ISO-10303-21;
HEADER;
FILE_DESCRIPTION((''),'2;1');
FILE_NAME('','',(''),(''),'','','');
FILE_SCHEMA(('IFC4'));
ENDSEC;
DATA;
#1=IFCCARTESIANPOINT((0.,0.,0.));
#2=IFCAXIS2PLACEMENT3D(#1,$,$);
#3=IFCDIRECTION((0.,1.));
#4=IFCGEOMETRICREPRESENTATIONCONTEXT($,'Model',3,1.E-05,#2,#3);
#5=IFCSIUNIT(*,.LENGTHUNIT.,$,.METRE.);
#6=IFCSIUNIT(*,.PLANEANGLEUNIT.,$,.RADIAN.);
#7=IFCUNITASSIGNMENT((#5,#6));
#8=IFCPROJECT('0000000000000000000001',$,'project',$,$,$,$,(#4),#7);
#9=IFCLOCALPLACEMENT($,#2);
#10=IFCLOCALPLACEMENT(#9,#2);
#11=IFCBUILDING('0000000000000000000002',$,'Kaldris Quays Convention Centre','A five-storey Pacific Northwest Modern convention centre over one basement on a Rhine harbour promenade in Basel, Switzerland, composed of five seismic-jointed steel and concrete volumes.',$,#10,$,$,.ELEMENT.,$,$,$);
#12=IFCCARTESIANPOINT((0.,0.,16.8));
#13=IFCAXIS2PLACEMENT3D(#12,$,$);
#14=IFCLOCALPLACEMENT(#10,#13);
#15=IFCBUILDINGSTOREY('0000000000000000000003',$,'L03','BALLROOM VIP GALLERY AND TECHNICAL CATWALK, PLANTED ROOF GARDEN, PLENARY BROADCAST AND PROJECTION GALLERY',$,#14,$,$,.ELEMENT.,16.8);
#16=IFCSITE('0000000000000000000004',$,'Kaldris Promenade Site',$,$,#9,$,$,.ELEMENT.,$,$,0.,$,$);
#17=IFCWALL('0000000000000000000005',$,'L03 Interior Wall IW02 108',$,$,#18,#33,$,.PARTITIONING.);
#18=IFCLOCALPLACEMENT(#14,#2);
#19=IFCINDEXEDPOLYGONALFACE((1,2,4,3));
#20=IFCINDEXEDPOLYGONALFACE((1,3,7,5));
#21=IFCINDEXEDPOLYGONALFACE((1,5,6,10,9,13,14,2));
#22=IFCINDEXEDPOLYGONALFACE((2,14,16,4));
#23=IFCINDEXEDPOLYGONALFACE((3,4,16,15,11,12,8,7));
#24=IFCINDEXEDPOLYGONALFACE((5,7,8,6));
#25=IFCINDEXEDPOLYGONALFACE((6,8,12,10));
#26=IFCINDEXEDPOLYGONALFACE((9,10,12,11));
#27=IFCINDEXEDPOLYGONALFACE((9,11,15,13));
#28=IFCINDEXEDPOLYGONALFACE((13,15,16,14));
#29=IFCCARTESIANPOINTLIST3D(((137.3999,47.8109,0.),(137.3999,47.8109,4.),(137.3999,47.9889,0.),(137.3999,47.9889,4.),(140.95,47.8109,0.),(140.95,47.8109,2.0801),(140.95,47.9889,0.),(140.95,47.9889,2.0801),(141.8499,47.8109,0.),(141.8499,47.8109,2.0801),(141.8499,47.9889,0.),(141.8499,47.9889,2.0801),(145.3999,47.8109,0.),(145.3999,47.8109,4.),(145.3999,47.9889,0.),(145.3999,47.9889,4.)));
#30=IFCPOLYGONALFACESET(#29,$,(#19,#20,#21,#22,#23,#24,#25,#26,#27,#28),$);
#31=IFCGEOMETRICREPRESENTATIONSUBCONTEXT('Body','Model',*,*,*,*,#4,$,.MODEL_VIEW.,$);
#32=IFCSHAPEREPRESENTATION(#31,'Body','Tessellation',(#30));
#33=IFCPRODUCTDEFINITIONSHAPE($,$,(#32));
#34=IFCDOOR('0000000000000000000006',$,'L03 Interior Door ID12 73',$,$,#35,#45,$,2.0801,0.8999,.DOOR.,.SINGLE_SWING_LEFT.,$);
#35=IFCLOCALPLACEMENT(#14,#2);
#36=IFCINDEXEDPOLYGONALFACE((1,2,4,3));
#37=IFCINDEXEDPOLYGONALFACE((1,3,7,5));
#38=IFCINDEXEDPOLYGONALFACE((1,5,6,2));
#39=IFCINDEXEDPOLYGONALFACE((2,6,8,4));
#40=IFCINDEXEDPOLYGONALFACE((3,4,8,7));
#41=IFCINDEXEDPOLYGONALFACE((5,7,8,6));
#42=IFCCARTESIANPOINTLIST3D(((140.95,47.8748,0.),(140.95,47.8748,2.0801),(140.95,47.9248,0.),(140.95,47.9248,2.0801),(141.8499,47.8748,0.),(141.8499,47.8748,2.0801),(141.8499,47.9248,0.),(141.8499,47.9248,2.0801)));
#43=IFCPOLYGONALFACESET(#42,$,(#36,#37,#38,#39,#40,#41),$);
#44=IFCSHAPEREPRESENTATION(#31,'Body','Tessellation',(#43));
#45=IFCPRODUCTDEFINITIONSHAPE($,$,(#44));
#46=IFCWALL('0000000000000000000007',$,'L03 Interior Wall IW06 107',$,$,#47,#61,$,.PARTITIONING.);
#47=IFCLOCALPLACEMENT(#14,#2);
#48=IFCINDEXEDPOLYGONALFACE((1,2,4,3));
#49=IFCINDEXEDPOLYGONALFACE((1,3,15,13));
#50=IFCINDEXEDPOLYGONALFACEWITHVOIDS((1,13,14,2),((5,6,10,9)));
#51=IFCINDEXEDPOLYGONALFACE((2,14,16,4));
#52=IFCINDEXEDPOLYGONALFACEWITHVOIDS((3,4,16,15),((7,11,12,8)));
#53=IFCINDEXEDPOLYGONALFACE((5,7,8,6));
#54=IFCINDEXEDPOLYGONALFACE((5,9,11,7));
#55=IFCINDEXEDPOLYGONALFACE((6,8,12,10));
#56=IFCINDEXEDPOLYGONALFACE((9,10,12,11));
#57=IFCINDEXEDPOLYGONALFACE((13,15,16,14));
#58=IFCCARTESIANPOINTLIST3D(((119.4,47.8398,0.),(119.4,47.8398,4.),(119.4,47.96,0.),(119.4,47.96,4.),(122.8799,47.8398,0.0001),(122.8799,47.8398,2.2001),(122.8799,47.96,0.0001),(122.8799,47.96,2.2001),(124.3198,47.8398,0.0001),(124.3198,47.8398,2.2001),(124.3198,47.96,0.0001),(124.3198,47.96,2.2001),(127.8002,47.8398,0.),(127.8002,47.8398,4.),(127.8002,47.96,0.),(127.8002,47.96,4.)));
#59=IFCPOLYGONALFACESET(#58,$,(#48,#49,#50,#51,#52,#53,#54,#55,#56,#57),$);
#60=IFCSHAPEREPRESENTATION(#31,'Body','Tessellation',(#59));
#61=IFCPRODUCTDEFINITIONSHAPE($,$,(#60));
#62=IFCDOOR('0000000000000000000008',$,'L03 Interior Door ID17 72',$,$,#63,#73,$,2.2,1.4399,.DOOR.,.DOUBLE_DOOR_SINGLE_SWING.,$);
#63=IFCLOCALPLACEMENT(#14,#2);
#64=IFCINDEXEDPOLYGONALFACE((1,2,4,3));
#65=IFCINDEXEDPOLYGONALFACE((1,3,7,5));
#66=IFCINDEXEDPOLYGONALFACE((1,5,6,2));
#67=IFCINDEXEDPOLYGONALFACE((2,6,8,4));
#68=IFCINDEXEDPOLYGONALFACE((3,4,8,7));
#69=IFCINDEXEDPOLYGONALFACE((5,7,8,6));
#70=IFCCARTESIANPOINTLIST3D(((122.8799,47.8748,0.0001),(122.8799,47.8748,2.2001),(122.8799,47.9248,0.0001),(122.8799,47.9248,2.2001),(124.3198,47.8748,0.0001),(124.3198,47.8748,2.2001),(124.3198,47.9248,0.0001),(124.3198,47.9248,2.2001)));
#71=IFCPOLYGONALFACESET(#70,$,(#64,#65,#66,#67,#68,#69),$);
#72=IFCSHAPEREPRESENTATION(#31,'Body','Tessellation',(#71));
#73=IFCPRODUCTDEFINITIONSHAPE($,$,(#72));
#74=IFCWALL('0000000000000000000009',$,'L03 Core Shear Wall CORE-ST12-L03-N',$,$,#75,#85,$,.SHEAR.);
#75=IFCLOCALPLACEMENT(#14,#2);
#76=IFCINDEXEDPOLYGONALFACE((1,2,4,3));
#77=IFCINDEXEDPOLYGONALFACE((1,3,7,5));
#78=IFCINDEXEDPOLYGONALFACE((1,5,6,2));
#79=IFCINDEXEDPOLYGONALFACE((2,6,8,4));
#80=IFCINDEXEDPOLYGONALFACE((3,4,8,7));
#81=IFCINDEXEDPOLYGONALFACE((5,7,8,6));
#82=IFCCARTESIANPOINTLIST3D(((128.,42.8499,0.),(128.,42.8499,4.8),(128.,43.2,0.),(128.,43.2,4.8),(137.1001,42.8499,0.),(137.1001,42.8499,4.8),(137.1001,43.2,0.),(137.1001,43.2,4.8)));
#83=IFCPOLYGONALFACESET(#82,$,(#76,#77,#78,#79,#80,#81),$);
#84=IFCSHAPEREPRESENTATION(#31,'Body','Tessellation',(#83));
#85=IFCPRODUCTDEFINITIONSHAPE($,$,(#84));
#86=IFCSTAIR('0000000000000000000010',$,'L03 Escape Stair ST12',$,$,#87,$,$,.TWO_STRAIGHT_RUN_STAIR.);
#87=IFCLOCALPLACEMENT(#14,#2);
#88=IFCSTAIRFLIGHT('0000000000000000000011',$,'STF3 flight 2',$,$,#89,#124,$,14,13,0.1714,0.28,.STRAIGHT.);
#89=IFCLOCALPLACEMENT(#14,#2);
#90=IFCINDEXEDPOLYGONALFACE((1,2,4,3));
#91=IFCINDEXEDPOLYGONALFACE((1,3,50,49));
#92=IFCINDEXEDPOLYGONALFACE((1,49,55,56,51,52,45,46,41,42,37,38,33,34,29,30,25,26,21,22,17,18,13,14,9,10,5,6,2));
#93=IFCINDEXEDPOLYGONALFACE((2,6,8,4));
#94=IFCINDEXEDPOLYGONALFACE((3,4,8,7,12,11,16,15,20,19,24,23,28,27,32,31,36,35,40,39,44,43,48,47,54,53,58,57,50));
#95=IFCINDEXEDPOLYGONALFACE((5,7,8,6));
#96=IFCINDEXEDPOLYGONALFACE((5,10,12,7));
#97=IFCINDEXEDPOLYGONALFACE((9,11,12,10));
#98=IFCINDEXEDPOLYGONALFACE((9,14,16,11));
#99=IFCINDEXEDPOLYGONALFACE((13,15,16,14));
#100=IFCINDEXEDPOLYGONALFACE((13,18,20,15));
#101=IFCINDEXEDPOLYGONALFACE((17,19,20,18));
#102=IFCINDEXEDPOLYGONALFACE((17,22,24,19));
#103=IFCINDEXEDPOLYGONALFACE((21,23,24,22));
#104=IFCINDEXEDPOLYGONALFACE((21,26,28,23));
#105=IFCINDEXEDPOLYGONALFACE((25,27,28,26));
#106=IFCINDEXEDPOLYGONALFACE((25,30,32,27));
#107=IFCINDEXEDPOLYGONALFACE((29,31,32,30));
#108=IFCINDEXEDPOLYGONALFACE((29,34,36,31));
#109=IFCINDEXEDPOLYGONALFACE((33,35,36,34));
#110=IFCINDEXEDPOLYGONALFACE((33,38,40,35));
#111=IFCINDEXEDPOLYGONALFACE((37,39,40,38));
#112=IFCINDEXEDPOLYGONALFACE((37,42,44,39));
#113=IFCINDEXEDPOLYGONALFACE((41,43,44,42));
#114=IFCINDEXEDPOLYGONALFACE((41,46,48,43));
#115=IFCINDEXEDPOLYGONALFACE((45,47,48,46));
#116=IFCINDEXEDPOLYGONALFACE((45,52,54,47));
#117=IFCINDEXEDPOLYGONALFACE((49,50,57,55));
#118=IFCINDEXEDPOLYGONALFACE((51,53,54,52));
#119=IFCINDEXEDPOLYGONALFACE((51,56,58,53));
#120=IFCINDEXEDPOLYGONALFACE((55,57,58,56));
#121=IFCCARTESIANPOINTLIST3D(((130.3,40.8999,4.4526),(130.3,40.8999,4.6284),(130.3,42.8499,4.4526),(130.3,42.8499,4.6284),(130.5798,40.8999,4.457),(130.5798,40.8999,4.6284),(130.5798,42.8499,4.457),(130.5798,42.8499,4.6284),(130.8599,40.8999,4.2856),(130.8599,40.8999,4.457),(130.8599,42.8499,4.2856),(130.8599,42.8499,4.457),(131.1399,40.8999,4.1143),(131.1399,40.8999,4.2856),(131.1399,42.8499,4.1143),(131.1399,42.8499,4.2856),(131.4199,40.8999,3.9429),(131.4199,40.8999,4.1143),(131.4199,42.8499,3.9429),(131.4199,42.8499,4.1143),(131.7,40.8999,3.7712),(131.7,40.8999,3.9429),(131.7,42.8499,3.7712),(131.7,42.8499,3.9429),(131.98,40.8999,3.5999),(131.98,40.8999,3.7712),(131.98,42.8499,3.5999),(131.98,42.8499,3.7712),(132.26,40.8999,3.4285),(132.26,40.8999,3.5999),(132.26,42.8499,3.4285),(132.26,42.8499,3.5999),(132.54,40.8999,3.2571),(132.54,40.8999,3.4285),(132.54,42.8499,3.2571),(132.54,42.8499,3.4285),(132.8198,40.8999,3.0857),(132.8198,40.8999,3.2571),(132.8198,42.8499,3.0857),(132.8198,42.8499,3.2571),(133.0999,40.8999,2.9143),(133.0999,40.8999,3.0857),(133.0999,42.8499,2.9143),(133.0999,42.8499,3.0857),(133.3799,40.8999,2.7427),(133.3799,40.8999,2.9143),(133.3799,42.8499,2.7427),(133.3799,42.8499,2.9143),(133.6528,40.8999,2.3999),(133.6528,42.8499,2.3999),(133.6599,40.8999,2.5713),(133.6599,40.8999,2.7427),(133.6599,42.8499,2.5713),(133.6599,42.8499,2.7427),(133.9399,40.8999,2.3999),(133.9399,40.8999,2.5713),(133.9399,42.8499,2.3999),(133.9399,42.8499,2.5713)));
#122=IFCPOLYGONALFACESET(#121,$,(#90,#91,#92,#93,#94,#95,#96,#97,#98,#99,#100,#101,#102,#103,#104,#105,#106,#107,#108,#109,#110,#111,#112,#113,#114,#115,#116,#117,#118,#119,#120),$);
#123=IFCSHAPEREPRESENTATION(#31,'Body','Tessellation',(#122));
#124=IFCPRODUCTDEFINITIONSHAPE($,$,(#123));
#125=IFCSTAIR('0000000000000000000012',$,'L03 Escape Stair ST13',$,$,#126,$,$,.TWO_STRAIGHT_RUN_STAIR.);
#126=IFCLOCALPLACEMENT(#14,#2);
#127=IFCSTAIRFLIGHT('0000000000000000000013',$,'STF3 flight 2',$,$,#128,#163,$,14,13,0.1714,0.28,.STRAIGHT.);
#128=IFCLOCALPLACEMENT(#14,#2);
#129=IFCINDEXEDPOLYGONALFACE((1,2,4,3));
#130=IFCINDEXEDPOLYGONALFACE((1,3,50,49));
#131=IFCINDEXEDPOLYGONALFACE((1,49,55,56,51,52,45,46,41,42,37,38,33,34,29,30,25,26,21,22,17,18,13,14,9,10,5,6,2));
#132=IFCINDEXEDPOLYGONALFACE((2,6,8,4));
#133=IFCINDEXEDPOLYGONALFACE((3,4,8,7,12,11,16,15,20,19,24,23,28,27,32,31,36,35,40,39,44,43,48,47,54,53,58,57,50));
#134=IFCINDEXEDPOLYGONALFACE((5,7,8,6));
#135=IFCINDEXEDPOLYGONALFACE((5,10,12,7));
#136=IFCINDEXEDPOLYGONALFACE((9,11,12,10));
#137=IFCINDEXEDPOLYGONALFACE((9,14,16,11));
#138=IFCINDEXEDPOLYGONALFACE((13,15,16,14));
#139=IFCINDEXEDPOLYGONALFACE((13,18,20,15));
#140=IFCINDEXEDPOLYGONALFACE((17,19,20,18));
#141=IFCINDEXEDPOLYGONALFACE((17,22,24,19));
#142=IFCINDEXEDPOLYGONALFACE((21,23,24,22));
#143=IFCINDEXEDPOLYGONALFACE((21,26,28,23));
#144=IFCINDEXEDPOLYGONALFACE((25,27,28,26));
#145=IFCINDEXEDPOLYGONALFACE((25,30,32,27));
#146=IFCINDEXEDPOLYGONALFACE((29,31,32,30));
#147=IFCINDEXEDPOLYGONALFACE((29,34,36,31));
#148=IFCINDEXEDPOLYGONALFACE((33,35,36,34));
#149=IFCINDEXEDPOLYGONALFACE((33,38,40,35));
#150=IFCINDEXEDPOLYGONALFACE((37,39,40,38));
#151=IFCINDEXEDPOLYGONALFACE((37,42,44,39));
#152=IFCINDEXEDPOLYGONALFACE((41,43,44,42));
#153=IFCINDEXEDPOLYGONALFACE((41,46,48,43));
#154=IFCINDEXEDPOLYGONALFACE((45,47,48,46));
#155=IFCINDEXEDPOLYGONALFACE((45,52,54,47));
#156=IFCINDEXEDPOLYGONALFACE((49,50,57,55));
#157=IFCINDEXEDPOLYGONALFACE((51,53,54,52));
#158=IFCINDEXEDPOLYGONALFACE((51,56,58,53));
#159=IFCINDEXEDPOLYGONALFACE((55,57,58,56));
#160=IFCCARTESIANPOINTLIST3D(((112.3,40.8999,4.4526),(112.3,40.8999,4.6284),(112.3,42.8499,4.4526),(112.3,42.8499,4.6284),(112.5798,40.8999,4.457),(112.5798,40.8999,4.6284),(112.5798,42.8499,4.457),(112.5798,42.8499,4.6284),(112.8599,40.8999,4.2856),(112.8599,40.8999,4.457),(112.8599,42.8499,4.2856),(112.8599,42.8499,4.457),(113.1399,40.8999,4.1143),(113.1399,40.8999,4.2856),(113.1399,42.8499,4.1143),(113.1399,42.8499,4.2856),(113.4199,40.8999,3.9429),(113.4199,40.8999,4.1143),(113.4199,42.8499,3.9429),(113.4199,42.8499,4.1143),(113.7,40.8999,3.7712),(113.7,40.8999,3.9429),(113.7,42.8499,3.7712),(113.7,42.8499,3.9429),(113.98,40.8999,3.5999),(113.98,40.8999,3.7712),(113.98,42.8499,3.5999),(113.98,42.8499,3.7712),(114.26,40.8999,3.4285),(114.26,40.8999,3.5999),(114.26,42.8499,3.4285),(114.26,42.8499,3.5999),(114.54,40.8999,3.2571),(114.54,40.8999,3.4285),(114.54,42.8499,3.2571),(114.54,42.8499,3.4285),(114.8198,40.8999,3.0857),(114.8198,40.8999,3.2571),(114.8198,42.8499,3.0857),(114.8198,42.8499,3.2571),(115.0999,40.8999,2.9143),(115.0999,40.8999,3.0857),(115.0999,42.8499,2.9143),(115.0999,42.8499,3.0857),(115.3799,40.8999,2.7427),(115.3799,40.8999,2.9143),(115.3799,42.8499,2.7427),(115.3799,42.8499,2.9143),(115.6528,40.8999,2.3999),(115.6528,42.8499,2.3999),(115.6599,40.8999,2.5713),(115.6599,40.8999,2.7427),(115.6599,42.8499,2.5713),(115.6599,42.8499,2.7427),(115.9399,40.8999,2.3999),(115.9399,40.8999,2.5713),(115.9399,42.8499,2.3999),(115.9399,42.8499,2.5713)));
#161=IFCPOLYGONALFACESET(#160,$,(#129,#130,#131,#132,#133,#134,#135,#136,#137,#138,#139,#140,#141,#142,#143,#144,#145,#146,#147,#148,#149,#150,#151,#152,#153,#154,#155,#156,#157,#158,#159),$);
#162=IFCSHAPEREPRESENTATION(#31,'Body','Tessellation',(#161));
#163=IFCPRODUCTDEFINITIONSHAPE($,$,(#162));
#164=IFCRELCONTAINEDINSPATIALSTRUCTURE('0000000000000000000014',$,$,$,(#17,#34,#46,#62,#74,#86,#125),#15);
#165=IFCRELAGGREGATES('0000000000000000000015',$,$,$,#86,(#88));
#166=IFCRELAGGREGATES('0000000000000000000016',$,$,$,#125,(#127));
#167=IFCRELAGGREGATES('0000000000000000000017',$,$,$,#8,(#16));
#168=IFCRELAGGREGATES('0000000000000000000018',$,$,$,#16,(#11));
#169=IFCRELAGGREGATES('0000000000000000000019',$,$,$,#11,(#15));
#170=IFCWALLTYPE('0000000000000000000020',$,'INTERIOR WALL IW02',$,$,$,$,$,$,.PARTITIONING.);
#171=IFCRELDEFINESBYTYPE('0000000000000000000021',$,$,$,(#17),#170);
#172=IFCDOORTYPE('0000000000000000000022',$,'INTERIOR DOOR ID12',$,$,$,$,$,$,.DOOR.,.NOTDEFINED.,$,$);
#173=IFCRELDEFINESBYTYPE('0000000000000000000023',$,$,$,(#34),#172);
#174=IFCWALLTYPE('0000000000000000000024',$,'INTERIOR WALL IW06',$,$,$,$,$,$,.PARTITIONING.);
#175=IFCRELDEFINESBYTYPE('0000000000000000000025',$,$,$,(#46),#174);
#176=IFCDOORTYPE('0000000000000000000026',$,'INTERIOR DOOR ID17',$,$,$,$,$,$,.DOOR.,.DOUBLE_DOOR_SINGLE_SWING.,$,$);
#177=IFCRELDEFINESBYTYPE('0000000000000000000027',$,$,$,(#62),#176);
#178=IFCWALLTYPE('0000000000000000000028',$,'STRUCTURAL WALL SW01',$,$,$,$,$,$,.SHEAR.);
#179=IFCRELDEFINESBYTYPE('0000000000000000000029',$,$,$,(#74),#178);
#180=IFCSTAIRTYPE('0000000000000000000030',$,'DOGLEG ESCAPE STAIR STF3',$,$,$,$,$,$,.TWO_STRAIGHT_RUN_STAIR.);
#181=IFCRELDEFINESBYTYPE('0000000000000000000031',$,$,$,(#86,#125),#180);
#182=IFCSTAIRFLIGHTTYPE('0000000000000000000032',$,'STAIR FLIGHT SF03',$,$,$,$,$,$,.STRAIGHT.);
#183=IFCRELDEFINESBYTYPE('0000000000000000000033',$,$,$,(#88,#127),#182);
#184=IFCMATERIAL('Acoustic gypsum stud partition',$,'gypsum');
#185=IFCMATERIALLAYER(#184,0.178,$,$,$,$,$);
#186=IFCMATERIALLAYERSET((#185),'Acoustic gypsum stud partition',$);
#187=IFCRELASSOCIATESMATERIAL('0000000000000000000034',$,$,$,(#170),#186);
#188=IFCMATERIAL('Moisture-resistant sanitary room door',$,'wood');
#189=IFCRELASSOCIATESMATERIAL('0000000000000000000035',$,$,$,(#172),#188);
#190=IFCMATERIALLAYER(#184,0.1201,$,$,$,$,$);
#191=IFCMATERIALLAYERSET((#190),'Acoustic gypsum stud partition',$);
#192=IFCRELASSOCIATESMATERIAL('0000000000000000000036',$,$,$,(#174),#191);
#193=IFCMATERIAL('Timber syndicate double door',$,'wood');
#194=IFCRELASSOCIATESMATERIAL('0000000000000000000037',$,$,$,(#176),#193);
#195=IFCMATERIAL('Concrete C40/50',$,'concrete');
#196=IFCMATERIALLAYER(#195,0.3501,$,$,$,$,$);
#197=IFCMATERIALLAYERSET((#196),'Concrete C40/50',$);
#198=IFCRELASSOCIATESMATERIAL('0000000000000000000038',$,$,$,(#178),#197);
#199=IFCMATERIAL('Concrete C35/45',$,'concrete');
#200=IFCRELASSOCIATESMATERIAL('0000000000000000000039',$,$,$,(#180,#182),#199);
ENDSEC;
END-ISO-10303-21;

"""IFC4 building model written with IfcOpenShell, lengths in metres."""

from ifc_helpers import new_model, si_unit, direction, frame, frame_2d, origin, place, context, subcontext, project, spatial, polyline, rectangle, outline, extrude, material, layer, layer_set, type_object, element, fill, aggregate, save


model = new_model("IFC4")

# Units and contexts
model_context = context("Model", 3, precision=1e-05, world=origin(), true_north=direction((0.0, 1.0)))
body_context = subcontext(model_context, "Body", "Model", "MODEL_VIEW")
ifc_project = project(units=[si_unit("LENGTHUNIT", "METRE"), si_unit("PLANEANGLEUNIT", "RADIAN")], contexts=[model_context])

# Site, building, storey
site_placement = place(None, origin())
site = spatial("IfcSite", under=ifc_project, at=site_placement, Name="Kaldris Promenade Site", CompositionType="ELEMENT", RefElevation=0.0)
building_placement = place(site_placement, origin())
building = spatial("IfcBuilding", under=site, at=building_placement, Name="Kaldris Quays Convention Centre", Description="A five-storey Pacific Northwest Modern convention centre over one basement on a Rhine harbour promenade in Basel, Switzerland, composed of five seismic-jointed steel and concrete volumes.", CompositionType="ELEMENT")
storey_placement = place(building_placement, frame((0.0, 0.0, 16.8)))
storey = spatial("IfcBuildingStorey", under=building, at=storey_placement, Name="L03", Description="BALLROOM VIP GALLERY AND TECHNICAL CATWALK, PLANTED ROOF GARDEN, PLENARY BROADCAST AND PROJECTION GALLERY", CompositionType="ELEMENT", Elevation=16.8)

# Walls, openings, doors
ifc_material_1 = material(Name="Acoustic gypsum stud partition", Category="gypsum")
ifc_layer_1 = layer(ifc_material_1, 0.178)
ifc_layer_set_1 = layer_set([ifc_layer_1], Name="Acoustic gypsum stud partition")
wall_type_1 = type_object("IfcWallType", Name="INTERIOR WALL IW02", PredefinedType="PARTITIONING", material=ifc_layer_set_1)
wall_1_placement = place(storey_placement, frame((137.3999, 47.8999, 0.0), z_axis=(0.0, 0.0, 1.0), x_axis=(1.0, 0.0, 0.0)))
wall_1 = element("IfcWall", 1, at=wall_1_placement, inside=storey, type_object=wall_type_1, Name="L03 Interior Wall IW02 108", PredefinedType="PARTITIONING", context=body_context, shape_type="SweptSolid", body=[
    extrude(rectangle(XDim=8.0, YDim=0.178, at=frame_2d((4.0, 0.0))), origin(), (0.0, 0.0, 1.0), 4.0),
])
opening_1_placement = place(wall_1_placement, frame((3.55, 0.0, 0.0)))
opening_1 = element("IfcOpeningElement", 2, at=opening_1_placement, cuts=wall_1, PredefinedType="OPENING", context=body_context, shape_type="SweptSolid", body=[
    extrude(rectangle(XDim=0.8999, YDim=2.0801, at=frame_2d((0.45, 1.04))), frame((0.0, 0.0991, 0.0), z_axis=(0.0, -1.0, 0.0), x_axis=(1.0, 0.0, 0.0)), (0.0, 0.0, 1.0), 0.198),
])
ifc_material_2 = material(Name="Moisture-resistant sanitary room door", Category="wood")
door_type_1 = type_object("IfcDoorType", Name="INTERIOR DOOR ID12", OperationType="NOTDEFINED", PredefinedType="DOOR", material=ifc_material_2)
door_1_placement = place(opening_1_placement, origin())
door_1 = element("IfcDoor", 3, at=door_1_placement, inside=storey, type_object=door_type_1, Name="L03 Interior Door ID12 73", OperationType="SINGLE_SWING_LEFT", OverallHeight=2.0801, OverallWidth=0.8999, PredefinedType="DOOR", context=body_context, shape_type="SweptSolid", body=[
    extrude(rectangle(XDim=0.8999, YDim=2.0801, at=frame_2d((0.45, 1.04))), frame((0.0, 0.0249, 0.0), z_axis=(0.0, -1.0, 0.0), x_axis=(1.0, 0.0, 0.0)), (0.0, 0.0, 1.0), 0.05),
])
fill(opening_1, door_1)
ifc_layer_2 = layer(ifc_material_1, 0.1201)
ifc_layer_set_2 = layer_set([ifc_layer_2], Name="Acoustic gypsum stud partition")
wall_type_2 = type_object("IfcWallType", Name="INTERIOR WALL IW06", PredefinedType="PARTITIONING", material=ifc_layer_set_2)
wall_2_placement = place(storey_placement, frame((119.3999, 47.8999, 0.0), z_axis=(0.0, 0.0, 1.0), x_axis=(1.0, 0.0, 0.0)))
wall_2 = element("IfcWall", 4, at=wall_2_placement, inside=storey, type_object=wall_type_2, Name="L03 Interior Wall IW06 107", PredefinedType="PARTITIONING", context=body_context, shape_type="SweptSolid", body=[
    extrude(rectangle(XDim=8.4001, YDim=0.1201, at=frame_2d((4.2002, 0.0))), origin(), (0.0, 0.0, 1.0), 4.0),
])
opening_2_placement = place(wall_2_placement, frame((3.48, 0.0, 0.0)))
opening_2 = element("IfcOpeningElement", 5, at=opening_2_placement, cuts=wall_2, PredefinedType="OPENING", context=body_context, shape_type="SweptSolid", body=[
    extrude(rectangle(XDim=1.4399, YDim=2.2, at=frame_2d((0.72, 1.1001))), frame((0.0, 0.0701, 0.0), z_axis=(0.0, -1.0, 0.0), x_axis=(1.0, 0.0, 0.0)), (0.0, 0.0, 1.0), 0.1401),
])
ifc_material_3 = material(Name="Timber syndicate double door", Category="wood")
door_type_2 = type_object("IfcDoorType", Name="INTERIOR DOOR ID17", OperationType="DOUBLE_DOOR_SINGLE_SWING", PredefinedType="DOOR", material=ifc_material_3)
door_2_placement = place(opening_2_placement, origin())
door_2 = element("IfcDoor", 6, at=door_2_placement, inside=storey, type_object=door_type_2, Name="L03 Interior Door ID17 72", OperationType="DOUBLE_DOOR_SINGLE_SWING", OverallHeight=2.2, OverallWidth=1.4399, PredefinedType="DOOR", context=body_context, shape_type="SweptSolid", body=[
    extrude(rectangle(XDim=1.4399, YDim=2.2, at=frame_2d((0.72, 1.1001))), frame((0.0, 0.0249, 0.0), z_axis=(0.0, -1.0, 0.0), x_axis=(1.0, 0.0, 0.0)), (0.0, 0.0, 1.0), 0.05),
])
fill(opening_2, door_2)

# Wall
ifc_material_4 = material(Name="Concrete C40/50", Category="concrete")
ifc_layer_3 = layer(ifc_material_4, 0.3501)
ifc_layer_set_3 = layer_set([ifc_layer_3], Name="Concrete C40/50")
wall_type_3 = type_object("IfcWallType", Name="STRUCTURAL WALL SW01", PredefinedType="SHEAR", material=ifc_layer_set_3)
wall_3_placement = place(storey_placement, frame((128.0, 43.0249, 0.0), z_axis=(0.0, 0.0, 1.0), x_axis=(1.0, 0.0, 0.0)))
element("IfcWall", 7, at=wall_3_placement, inside=storey, type_object=wall_type_3, Name="L03 Core Shear Wall CORE-ST12-L03-N", PredefinedType="SHEAR", context=body_context, shape_type="SweptSolid", body=[
    extrude(rectangle(XDim=9.1001, YDim=0.3501, at=frame_2d((4.55, 0.0))), origin(), (0.0, 0.0, 1.0), 4.8),
])

# Stairs, stair flights
ifc_material_5 = material(Name="Concrete C35/45", Category="concrete")
stair_type = type_object("IfcStairType", Name="DOGLEG ESCAPE STAIR STF3", PredefinedType="TWO_STRAIGHT_RUN_STAIR", material=ifc_material_5)
stair_1_placement = place(storey_placement, origin())
stair_1 = element("IfcStair", 8, at=stair_1_placement, inside=storey, type_object=stair_type, Name="L03 Escape Stair ST12", PredefinedType="TWO_STRAIGHT_RUN_STAIR")
stair_flight_type = type_object("IfcStairFlightType", Name="STAIR FLIGHT SF03", PredefinedType="STRAIGHT", material=ifc_material_5)
stair_flight_1_placement = place(storey_placement, frame((133.9399, 41.875, 2.3999), z_axis=(0.0, 0.0, 1.0), x_axis=(-1.0, 0.0, 0.0)))
stair_flight_1 = element("IfcStairFlight", 9, at=stair_flight_1_placement, type_object=stair_flight_type, Name="STF3 flight 2", NumberOfRisers=14, NumberOfTreads=13, PredefinedType="STRAIGHT", RiserHeight=0.1714, TreadLength=0.28, context=body_context, shape_type="SweptSolid", body=[
    extrude(outline(polyline([(0.0, 0.0), (0.0, 0.1714), (0.28, 0.1714), (0.28, 0.3428), (0.5601, 0.3428), (0.5601, 0.5144), (0.8401, 0.5144), (0.8401, 0.6858), (1.1201, 0.6858), (1.1201, 0.8572), (1.3999, 0.8572), (1.3999, 1.0286), (1.6799, 1.0286), (1.6799, 1.2), (1.96, 1.2), (1.96, 1.3713), (2.24, 1.3713), (2.24, 1.543), (2.52, 1.543), (2.52, 1.7144), (2.8, 1.7144), (2.8, 1.8857), (3.0801, 1.8857), (3.0801, 2.0571), (3.3601, 2.0571), (3.3601, 2.2285), (3.6399, 2.2285), (3.6399, 2.3999), (3.6399, 2.0527), (0.2871, 0.0), (0.0, 0.0)])), frame((0.0, 0.9751, 0.0), z_axis=(0.0, -1.0, 0.0), x_axis=(1.0, 0.0, 0.0)), (0.0, 0.0, 1.0), 1.95),
])
aggregate(stair_1, [stair_flight_1])
stair_2_placement = place(storey_placement, origin())
stair_2 = element("IfcStair", 10, at=stair_2_placement, inside=storey, type_object=stair_type, Name="L03 Escape Stair ST13", PredefinedType="TWO_STRAIGHT_RUN_STAIR")
stair_flight_2_placement = place(storey_placement, frame((115.9399, 41.875, 2.3999), z_axis=(0.0, 0.0, 1.0), x_axis=(-1.0, 0.0, 0.0)))
stair_flight_2 = element("IfcStairFlight", 11, at=stair_flight_2_placement, type_object=stair_flight_type, Name="STF3 flight 2", NumberOfRisers=14, NumberOfTreads=13, PredefinedType="STRAIGHT", RiserHeight=0.1714, TreadLength=0.28, context=body_context, shape_type="SweptSolid", body=[
    extrude(outline(polyline([(0.0, 0.0), (0.0, 0.1714), (0.28, 0.1714), (0.28, 0.3428), (0.5601, 0.3428), (0.5601, 0.5144), (0.8401, 0.5144), (0.8401, 0.6858), (1.1201, 0.6858), (1.1201, 0.8572), (1.3999, 0.8572), (1.3999, 1.0286), (1.6799, 1.0286), (1.6799, 1.2), (1.96, 1.2), (1.96, 1.3713), (2.24, 1.3713), (2.24, 1.543), (2.52, 1.543), (2.52, 1.7144), (2.8, 1.7144), (2.8, 1.8857), (3.0801, 1.8857), (3.0801, 2.0571), (3.3601, 2.0571), (3.3601, 2.2285), (3.6399, 2.2285), (3.6399, 2.3999), (3.6399, 2.0527), (0.2871, 0.0), (0.0, 0.0)])), frame((0.0, 0.9751, 0.0), z_axis=(0.0, -1.0, 0.0), x_axis=(1.0, 0.0, 0.0)), (0.0, 0.0, 1.0), 1.95),
])
aggregate(stair_2, [stair_flight_2])

save(model, "model.ifc")
